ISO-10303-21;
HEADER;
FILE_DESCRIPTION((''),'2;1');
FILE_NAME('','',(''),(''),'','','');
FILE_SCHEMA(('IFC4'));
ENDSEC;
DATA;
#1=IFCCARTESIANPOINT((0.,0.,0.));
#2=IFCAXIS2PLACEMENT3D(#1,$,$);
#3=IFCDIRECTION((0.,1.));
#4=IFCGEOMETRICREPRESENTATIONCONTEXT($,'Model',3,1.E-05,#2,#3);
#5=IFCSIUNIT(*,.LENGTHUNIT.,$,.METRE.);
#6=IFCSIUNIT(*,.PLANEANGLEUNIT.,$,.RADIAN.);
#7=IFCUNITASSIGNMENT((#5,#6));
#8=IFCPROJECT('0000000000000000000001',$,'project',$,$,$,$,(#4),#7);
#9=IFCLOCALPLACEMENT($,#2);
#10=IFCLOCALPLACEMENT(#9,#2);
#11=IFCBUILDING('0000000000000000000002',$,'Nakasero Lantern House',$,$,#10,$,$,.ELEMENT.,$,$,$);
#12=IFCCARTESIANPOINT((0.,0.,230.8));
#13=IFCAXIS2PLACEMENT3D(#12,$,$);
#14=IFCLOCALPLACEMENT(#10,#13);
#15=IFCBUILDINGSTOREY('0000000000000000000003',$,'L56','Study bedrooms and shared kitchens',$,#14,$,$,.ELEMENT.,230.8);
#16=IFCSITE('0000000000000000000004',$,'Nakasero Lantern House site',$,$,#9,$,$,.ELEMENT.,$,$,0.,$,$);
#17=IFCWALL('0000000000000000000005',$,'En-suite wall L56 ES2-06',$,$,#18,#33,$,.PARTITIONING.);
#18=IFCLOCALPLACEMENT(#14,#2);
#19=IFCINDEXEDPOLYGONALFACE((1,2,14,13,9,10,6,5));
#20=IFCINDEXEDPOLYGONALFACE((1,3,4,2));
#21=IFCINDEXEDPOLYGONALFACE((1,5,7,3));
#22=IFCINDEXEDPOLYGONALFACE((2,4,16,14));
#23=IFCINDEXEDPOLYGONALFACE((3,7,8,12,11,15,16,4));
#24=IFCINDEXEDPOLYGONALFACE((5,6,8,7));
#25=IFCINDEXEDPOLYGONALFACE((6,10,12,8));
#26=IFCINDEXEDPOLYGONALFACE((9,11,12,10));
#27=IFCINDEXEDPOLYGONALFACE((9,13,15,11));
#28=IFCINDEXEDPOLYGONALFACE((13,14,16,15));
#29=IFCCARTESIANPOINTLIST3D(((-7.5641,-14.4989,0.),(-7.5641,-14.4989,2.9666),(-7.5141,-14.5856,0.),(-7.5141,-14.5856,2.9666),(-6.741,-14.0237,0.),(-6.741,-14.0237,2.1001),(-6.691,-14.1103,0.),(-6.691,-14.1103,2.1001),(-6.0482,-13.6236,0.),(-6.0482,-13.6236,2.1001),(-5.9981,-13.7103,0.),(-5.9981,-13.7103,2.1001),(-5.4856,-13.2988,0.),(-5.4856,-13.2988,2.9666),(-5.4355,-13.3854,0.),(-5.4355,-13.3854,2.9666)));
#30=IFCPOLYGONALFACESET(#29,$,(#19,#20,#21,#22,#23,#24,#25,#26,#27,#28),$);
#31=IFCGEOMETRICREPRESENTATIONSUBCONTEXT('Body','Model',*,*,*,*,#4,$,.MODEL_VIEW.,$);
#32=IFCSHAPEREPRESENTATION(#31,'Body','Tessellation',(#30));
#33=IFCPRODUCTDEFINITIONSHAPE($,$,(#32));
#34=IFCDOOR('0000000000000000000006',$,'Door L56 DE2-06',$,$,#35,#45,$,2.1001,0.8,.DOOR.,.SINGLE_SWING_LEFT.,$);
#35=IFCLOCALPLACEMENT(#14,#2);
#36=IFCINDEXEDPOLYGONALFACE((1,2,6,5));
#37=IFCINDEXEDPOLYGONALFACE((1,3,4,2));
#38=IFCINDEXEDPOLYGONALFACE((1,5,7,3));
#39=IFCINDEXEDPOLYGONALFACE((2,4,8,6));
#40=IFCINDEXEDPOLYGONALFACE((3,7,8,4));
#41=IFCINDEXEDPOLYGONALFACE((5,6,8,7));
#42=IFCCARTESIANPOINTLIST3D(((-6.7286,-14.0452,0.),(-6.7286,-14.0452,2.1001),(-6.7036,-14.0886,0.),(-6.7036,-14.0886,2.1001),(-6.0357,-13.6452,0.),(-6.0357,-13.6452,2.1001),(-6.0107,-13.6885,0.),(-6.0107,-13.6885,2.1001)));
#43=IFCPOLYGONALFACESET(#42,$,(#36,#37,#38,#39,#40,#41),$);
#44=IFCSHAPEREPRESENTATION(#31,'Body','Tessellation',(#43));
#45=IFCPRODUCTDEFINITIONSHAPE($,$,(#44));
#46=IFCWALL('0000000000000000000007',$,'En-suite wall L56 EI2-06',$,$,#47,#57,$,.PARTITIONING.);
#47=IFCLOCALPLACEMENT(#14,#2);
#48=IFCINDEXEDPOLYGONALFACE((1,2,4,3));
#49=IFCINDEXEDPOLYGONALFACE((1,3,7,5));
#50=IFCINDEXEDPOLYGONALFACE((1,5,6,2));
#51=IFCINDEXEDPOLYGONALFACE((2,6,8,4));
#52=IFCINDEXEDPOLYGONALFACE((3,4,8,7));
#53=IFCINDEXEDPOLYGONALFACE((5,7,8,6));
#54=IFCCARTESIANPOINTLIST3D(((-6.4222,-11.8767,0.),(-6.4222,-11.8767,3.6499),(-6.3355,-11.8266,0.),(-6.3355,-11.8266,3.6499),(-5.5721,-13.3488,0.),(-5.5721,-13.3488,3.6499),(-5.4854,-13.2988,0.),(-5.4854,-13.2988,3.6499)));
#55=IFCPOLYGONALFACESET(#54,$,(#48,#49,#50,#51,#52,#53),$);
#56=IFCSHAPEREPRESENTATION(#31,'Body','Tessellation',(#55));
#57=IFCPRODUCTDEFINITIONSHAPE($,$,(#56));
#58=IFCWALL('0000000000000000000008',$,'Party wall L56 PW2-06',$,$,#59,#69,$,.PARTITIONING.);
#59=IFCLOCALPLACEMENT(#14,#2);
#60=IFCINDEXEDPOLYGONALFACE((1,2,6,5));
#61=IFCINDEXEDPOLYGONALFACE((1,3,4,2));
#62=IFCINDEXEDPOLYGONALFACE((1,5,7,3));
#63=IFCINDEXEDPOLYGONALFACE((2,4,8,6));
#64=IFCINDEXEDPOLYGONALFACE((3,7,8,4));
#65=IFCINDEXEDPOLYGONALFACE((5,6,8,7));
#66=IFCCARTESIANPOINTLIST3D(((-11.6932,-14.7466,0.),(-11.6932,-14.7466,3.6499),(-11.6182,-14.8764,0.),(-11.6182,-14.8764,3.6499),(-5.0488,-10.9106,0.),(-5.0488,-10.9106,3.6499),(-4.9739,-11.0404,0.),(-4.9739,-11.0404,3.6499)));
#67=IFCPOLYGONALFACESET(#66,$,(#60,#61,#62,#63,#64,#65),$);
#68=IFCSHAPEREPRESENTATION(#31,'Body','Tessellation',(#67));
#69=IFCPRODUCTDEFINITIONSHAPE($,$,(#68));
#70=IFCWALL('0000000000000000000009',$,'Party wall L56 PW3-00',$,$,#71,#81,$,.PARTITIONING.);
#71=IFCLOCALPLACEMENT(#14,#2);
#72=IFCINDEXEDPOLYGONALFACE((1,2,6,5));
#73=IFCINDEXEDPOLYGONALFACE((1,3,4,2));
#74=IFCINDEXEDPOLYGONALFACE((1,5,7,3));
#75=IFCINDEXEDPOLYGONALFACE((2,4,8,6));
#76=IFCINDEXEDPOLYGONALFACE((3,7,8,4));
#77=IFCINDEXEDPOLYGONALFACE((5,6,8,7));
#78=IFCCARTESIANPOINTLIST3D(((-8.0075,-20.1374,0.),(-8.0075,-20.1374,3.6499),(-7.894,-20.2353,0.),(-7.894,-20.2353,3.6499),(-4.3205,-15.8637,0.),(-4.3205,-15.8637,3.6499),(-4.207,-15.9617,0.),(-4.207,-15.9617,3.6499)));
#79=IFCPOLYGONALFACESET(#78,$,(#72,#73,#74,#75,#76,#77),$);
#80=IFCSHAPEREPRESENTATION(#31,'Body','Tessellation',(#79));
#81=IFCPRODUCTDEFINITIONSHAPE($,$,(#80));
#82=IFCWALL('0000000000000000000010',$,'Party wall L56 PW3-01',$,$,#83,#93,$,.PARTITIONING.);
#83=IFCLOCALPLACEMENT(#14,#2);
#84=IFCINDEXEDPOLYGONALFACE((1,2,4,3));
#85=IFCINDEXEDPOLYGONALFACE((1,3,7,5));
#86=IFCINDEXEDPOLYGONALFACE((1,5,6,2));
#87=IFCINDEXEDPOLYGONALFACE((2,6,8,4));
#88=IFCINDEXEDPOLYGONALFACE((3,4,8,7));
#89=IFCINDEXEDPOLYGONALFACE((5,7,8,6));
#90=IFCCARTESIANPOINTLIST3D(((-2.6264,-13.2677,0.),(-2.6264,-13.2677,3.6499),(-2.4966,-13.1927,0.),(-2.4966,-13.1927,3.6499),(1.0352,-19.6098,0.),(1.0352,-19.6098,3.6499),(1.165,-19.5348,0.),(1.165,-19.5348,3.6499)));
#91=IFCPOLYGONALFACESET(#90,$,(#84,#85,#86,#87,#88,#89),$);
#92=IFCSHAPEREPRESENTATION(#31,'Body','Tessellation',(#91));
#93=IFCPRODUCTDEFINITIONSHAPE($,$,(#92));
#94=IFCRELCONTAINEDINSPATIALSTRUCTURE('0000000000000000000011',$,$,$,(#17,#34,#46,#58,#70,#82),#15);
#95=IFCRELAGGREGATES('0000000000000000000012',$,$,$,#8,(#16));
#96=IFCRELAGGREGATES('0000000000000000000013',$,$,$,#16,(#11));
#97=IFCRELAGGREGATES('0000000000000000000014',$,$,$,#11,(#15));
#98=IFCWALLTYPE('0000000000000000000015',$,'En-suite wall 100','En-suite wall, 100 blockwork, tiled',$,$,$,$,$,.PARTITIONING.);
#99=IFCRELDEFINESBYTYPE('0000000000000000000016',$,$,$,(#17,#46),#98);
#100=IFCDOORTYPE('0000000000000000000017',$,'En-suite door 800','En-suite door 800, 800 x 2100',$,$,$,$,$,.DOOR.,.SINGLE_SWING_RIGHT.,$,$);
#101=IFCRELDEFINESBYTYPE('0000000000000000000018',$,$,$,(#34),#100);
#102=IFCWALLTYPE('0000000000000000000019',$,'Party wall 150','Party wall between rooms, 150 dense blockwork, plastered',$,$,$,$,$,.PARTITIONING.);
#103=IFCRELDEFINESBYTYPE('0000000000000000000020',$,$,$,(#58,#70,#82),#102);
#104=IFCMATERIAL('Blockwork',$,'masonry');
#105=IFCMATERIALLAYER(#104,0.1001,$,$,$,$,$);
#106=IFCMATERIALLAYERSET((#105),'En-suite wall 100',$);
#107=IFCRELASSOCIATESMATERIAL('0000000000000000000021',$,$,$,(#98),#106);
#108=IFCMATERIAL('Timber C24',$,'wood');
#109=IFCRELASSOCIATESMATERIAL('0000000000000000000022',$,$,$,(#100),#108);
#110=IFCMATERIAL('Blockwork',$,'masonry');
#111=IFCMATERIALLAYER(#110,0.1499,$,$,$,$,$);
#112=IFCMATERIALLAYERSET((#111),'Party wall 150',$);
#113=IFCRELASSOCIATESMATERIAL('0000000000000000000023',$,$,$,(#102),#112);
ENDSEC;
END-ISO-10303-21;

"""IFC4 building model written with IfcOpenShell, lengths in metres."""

from ifc_helpers import new_model, si_unit, direction, frame, frame_2d, origin, place, context, subcontext, project, spatial, rectangle, extrude, material, layer, layer_set, type_object, element, fill, save


model = new_model("IFC4")

# Units and contexts
model_context = context("Model", 3, precision=1e-05, world=origin(), true_north=direction((0.0, 1.0)))
body_context = subcontext(model_context, "Body", "Model", "MODEL_VIEW")
ifc_project = project(units=[si_unit("LENGTHUNIT", "METRE"), si_unit("PLANEANGLEUNIT", "RADIAN")], contexts=[model_context])

# Site, building, storey
site_placement = place(None, origin())
site = spatial("IfcSite", under=ifc_project, at=site_placement, Name="Nakasero Lantern House site", CompositionType="ELEMENT", RefElevation=0.0)
building_placement = place(site_placement, origin())
building = spatial("IfcBuilding", under=site, at=building_placement, Name="Nakasero Lantern House", CompositionType="ELEMENT")
storey_placement = place(building_placement, frame((0.0, 0.0, 230.8)))
storey = spatial("IfcBuildingStorey", under=building, at=storey_placement, Name="L56", Description="Study bedrooms and shared kitchens", CompositionType="ELEMENT", Elevation=230.8)

# Wall, opening, door
ifc_material_1 = material(Name="Blockwork", Category="masonry")
ifc_layer_1 = layer(ifc_material_1, 0.1001)
ifc_layer_set_1 = layer_set([ifc_layer_1], Name="En-suite wall 100")
wall_type_1 = type_object("IfcWallType", Name="En-suite wall 100", Description="En-suite wall, 100 blockwork, tiled", PredefinedType="PARTITIONING", material=ifc_layer_set_1)
wall_1_placement = place(storey_placement, frame((-5.4604, -13.342, 0.0), z_axis=(0.0, 0.0, 1.0), x_axis=(-0.866006, -0.500034, 0.0)))
wall_1 = element("IfcWall", 1, at=wall_1_placement, inside=storey, type_object=wall_type_1, Name="En-suite wall L56 ES2-06", PredefinedType="PARTITIONING", context=body_context, shape_type="SweptSolid", body=[
    extrude(rectangle(XDim=2.4001, YDim=0.1001, at=frame_2d((1.2002, 0.0))), origin(), (0.0, 0.0, 1.0), 2.9666),
])
opening_1_placement = place(wall_1_placement, frame((0.6499, 0.0, 0.0)))
opening_1 = element("IfcOpeningElement", 2, at=opening_1_placement, cuts=wall_1, PredefinedType="OPENING", context=body_context, shape_type="SweptSolid", body=[
    extrude(rectangle(XDim=0.8, YDim=2.1001, at=frame_2d((0.3999, 1.05))), frame((0.0, 0.0701, 0.0), z_axis=(0.0, -1.0, 0.0), x_axis=(1.0, 0.0, 0.0)), (0.0, 0.0, 1.0), 0.1401),
])
ifc_material_2 = material(Name="Timber C24", Category="wood")
door_type_1 = type_object("IfcDoorType", Name="En-suite door 800", Description="En-suite door 800, 800 x 2100", OperationType="SINGLE_SWING_RIGHT", PredefinedType="DOOR", material=ifc_material_2)
door_1_placement = place(opening_1_placement, origin())
door_1 = element("IfcDoor", 3, at=door_1_placement, inside=storey, type_object=door_type_1, Name="Door L56 DE2-06", OperationType="SINGLE_SWING_LEFT", OverallHeight=2.1001, OverallWidth=0.8, PredefinedType="DOOR", context=body_context, shape_type="SweptSolid", body=[
    extrude(rectangle(XDim=0.8, YDim=2.1001, at=frame_2d((0.3999, 1.05))), frame((0.0, 0.0249, 0.0), z_axis=(0.0, -1.0, 0.0), x_axis=(1.0, 0.0, 0.0)), (0.0, 0.0, 1.0), 0.05),
])
fill(opening_1, door_1)

# Walls
wall_2_placement = place(storey_placement, frame((-6.3789, -11.8516, 0.0), z_axis=(0.0, 0.0, 1.0), x_axis=(0.500062, -0.865989, 0.0)))
element("IfcWall", 4, at=wall_2_placement, inside=storey, type_object=wall_type_1, Name="En-suite wall L56 EI2-06", PredefinedType="PARTITIONING", context=body_context, shape_type="SweptSolid", body=[
    extrude(rectangle(XDim=1.7, YDim=0.1001, at=frame_2d((0.8501, 0.0))), origin(), (0.0, 0.0, 1.0), 3.6499),
])
ifc_material_3 = material(Name="Blockwork", Category="masonry")
ifc_layer_2 = layer(ifc_material_3, 0.1499)
ifc_layer_set_2 = layer_set([ifc_layer_2], Name="Party wall 150")
wall_type_2 = type_object("IfcWallType", Name="Party wall 150", Description="Party wall between rooms, 150 dense blockwork, plastered", PredefinedType="PARTITIONING", material=ifc_layer_set_2)
wall_3_placement = place(storey_placement, frame((-5.0115, -10.9756, 0.0), z_axis=(0.0, 0.0, 1.0), x_axis=(-0.866034, -0.499986, 0.0)))
element("IfcWall", 5, at=wall_3_placement, inside=storey, type_object=wall_type_2, Name="Party wall L56 PW2-06", PredefinedType="PARTITIONING", context=body_context, shape_type="SweptSolid", body=[
    extrude(rectangle(XDim=7.6721, YDim=0.1499, at=frame_2d((3.8359, 0.0))), origin(), (0.0, 0.0, 1.0), 3.6499),
])
wall_4_placement = place(storey_placement, frame((-4.2637, -15.9126, 0.0), z_axis=(0.0, 0.0, 1.0), x_axis=(-0.653225, -0.757164, 0.0)))
element("IfcWall", 6, at=wall_4_placement, inside=storey, type_object=wall_type_2, Name="Party wall L56 PW3-00", PredefinedType="PARTITIONING", context=body_context, shape_type="SweptSolid", body=[
    extrude(rectangle(XDim=5.6443, YDim=0.1499, at=frame_2d((2.8223, 0.0))), origin(), (0.0, 0.0, 1.0), 3.6499),
])
wall_5_placement = place(storey_placement, frame((-2.5615, -13.2302, 0.0), z_axis=(0.0, 0.0, 1.0), x_axis=(0.500004, -0.866023, 0.0)))
element("IfcWall", 7, at=wall_5_placement, inside=storey, type_object=wall_type_2, Name="Party wall L56 PW3-01", PredefinedType="PARTITIONING", context=body_context, shape_type="SweptSolid", body=[
    extrude(rectangle(XDim=7.3232, YDim=0.1499, at=frame_2d((3.6616, 0.0))), origin(), (0.0, 0.0, 1.0), 3.6499),
])

save(model, "model.ifc")
